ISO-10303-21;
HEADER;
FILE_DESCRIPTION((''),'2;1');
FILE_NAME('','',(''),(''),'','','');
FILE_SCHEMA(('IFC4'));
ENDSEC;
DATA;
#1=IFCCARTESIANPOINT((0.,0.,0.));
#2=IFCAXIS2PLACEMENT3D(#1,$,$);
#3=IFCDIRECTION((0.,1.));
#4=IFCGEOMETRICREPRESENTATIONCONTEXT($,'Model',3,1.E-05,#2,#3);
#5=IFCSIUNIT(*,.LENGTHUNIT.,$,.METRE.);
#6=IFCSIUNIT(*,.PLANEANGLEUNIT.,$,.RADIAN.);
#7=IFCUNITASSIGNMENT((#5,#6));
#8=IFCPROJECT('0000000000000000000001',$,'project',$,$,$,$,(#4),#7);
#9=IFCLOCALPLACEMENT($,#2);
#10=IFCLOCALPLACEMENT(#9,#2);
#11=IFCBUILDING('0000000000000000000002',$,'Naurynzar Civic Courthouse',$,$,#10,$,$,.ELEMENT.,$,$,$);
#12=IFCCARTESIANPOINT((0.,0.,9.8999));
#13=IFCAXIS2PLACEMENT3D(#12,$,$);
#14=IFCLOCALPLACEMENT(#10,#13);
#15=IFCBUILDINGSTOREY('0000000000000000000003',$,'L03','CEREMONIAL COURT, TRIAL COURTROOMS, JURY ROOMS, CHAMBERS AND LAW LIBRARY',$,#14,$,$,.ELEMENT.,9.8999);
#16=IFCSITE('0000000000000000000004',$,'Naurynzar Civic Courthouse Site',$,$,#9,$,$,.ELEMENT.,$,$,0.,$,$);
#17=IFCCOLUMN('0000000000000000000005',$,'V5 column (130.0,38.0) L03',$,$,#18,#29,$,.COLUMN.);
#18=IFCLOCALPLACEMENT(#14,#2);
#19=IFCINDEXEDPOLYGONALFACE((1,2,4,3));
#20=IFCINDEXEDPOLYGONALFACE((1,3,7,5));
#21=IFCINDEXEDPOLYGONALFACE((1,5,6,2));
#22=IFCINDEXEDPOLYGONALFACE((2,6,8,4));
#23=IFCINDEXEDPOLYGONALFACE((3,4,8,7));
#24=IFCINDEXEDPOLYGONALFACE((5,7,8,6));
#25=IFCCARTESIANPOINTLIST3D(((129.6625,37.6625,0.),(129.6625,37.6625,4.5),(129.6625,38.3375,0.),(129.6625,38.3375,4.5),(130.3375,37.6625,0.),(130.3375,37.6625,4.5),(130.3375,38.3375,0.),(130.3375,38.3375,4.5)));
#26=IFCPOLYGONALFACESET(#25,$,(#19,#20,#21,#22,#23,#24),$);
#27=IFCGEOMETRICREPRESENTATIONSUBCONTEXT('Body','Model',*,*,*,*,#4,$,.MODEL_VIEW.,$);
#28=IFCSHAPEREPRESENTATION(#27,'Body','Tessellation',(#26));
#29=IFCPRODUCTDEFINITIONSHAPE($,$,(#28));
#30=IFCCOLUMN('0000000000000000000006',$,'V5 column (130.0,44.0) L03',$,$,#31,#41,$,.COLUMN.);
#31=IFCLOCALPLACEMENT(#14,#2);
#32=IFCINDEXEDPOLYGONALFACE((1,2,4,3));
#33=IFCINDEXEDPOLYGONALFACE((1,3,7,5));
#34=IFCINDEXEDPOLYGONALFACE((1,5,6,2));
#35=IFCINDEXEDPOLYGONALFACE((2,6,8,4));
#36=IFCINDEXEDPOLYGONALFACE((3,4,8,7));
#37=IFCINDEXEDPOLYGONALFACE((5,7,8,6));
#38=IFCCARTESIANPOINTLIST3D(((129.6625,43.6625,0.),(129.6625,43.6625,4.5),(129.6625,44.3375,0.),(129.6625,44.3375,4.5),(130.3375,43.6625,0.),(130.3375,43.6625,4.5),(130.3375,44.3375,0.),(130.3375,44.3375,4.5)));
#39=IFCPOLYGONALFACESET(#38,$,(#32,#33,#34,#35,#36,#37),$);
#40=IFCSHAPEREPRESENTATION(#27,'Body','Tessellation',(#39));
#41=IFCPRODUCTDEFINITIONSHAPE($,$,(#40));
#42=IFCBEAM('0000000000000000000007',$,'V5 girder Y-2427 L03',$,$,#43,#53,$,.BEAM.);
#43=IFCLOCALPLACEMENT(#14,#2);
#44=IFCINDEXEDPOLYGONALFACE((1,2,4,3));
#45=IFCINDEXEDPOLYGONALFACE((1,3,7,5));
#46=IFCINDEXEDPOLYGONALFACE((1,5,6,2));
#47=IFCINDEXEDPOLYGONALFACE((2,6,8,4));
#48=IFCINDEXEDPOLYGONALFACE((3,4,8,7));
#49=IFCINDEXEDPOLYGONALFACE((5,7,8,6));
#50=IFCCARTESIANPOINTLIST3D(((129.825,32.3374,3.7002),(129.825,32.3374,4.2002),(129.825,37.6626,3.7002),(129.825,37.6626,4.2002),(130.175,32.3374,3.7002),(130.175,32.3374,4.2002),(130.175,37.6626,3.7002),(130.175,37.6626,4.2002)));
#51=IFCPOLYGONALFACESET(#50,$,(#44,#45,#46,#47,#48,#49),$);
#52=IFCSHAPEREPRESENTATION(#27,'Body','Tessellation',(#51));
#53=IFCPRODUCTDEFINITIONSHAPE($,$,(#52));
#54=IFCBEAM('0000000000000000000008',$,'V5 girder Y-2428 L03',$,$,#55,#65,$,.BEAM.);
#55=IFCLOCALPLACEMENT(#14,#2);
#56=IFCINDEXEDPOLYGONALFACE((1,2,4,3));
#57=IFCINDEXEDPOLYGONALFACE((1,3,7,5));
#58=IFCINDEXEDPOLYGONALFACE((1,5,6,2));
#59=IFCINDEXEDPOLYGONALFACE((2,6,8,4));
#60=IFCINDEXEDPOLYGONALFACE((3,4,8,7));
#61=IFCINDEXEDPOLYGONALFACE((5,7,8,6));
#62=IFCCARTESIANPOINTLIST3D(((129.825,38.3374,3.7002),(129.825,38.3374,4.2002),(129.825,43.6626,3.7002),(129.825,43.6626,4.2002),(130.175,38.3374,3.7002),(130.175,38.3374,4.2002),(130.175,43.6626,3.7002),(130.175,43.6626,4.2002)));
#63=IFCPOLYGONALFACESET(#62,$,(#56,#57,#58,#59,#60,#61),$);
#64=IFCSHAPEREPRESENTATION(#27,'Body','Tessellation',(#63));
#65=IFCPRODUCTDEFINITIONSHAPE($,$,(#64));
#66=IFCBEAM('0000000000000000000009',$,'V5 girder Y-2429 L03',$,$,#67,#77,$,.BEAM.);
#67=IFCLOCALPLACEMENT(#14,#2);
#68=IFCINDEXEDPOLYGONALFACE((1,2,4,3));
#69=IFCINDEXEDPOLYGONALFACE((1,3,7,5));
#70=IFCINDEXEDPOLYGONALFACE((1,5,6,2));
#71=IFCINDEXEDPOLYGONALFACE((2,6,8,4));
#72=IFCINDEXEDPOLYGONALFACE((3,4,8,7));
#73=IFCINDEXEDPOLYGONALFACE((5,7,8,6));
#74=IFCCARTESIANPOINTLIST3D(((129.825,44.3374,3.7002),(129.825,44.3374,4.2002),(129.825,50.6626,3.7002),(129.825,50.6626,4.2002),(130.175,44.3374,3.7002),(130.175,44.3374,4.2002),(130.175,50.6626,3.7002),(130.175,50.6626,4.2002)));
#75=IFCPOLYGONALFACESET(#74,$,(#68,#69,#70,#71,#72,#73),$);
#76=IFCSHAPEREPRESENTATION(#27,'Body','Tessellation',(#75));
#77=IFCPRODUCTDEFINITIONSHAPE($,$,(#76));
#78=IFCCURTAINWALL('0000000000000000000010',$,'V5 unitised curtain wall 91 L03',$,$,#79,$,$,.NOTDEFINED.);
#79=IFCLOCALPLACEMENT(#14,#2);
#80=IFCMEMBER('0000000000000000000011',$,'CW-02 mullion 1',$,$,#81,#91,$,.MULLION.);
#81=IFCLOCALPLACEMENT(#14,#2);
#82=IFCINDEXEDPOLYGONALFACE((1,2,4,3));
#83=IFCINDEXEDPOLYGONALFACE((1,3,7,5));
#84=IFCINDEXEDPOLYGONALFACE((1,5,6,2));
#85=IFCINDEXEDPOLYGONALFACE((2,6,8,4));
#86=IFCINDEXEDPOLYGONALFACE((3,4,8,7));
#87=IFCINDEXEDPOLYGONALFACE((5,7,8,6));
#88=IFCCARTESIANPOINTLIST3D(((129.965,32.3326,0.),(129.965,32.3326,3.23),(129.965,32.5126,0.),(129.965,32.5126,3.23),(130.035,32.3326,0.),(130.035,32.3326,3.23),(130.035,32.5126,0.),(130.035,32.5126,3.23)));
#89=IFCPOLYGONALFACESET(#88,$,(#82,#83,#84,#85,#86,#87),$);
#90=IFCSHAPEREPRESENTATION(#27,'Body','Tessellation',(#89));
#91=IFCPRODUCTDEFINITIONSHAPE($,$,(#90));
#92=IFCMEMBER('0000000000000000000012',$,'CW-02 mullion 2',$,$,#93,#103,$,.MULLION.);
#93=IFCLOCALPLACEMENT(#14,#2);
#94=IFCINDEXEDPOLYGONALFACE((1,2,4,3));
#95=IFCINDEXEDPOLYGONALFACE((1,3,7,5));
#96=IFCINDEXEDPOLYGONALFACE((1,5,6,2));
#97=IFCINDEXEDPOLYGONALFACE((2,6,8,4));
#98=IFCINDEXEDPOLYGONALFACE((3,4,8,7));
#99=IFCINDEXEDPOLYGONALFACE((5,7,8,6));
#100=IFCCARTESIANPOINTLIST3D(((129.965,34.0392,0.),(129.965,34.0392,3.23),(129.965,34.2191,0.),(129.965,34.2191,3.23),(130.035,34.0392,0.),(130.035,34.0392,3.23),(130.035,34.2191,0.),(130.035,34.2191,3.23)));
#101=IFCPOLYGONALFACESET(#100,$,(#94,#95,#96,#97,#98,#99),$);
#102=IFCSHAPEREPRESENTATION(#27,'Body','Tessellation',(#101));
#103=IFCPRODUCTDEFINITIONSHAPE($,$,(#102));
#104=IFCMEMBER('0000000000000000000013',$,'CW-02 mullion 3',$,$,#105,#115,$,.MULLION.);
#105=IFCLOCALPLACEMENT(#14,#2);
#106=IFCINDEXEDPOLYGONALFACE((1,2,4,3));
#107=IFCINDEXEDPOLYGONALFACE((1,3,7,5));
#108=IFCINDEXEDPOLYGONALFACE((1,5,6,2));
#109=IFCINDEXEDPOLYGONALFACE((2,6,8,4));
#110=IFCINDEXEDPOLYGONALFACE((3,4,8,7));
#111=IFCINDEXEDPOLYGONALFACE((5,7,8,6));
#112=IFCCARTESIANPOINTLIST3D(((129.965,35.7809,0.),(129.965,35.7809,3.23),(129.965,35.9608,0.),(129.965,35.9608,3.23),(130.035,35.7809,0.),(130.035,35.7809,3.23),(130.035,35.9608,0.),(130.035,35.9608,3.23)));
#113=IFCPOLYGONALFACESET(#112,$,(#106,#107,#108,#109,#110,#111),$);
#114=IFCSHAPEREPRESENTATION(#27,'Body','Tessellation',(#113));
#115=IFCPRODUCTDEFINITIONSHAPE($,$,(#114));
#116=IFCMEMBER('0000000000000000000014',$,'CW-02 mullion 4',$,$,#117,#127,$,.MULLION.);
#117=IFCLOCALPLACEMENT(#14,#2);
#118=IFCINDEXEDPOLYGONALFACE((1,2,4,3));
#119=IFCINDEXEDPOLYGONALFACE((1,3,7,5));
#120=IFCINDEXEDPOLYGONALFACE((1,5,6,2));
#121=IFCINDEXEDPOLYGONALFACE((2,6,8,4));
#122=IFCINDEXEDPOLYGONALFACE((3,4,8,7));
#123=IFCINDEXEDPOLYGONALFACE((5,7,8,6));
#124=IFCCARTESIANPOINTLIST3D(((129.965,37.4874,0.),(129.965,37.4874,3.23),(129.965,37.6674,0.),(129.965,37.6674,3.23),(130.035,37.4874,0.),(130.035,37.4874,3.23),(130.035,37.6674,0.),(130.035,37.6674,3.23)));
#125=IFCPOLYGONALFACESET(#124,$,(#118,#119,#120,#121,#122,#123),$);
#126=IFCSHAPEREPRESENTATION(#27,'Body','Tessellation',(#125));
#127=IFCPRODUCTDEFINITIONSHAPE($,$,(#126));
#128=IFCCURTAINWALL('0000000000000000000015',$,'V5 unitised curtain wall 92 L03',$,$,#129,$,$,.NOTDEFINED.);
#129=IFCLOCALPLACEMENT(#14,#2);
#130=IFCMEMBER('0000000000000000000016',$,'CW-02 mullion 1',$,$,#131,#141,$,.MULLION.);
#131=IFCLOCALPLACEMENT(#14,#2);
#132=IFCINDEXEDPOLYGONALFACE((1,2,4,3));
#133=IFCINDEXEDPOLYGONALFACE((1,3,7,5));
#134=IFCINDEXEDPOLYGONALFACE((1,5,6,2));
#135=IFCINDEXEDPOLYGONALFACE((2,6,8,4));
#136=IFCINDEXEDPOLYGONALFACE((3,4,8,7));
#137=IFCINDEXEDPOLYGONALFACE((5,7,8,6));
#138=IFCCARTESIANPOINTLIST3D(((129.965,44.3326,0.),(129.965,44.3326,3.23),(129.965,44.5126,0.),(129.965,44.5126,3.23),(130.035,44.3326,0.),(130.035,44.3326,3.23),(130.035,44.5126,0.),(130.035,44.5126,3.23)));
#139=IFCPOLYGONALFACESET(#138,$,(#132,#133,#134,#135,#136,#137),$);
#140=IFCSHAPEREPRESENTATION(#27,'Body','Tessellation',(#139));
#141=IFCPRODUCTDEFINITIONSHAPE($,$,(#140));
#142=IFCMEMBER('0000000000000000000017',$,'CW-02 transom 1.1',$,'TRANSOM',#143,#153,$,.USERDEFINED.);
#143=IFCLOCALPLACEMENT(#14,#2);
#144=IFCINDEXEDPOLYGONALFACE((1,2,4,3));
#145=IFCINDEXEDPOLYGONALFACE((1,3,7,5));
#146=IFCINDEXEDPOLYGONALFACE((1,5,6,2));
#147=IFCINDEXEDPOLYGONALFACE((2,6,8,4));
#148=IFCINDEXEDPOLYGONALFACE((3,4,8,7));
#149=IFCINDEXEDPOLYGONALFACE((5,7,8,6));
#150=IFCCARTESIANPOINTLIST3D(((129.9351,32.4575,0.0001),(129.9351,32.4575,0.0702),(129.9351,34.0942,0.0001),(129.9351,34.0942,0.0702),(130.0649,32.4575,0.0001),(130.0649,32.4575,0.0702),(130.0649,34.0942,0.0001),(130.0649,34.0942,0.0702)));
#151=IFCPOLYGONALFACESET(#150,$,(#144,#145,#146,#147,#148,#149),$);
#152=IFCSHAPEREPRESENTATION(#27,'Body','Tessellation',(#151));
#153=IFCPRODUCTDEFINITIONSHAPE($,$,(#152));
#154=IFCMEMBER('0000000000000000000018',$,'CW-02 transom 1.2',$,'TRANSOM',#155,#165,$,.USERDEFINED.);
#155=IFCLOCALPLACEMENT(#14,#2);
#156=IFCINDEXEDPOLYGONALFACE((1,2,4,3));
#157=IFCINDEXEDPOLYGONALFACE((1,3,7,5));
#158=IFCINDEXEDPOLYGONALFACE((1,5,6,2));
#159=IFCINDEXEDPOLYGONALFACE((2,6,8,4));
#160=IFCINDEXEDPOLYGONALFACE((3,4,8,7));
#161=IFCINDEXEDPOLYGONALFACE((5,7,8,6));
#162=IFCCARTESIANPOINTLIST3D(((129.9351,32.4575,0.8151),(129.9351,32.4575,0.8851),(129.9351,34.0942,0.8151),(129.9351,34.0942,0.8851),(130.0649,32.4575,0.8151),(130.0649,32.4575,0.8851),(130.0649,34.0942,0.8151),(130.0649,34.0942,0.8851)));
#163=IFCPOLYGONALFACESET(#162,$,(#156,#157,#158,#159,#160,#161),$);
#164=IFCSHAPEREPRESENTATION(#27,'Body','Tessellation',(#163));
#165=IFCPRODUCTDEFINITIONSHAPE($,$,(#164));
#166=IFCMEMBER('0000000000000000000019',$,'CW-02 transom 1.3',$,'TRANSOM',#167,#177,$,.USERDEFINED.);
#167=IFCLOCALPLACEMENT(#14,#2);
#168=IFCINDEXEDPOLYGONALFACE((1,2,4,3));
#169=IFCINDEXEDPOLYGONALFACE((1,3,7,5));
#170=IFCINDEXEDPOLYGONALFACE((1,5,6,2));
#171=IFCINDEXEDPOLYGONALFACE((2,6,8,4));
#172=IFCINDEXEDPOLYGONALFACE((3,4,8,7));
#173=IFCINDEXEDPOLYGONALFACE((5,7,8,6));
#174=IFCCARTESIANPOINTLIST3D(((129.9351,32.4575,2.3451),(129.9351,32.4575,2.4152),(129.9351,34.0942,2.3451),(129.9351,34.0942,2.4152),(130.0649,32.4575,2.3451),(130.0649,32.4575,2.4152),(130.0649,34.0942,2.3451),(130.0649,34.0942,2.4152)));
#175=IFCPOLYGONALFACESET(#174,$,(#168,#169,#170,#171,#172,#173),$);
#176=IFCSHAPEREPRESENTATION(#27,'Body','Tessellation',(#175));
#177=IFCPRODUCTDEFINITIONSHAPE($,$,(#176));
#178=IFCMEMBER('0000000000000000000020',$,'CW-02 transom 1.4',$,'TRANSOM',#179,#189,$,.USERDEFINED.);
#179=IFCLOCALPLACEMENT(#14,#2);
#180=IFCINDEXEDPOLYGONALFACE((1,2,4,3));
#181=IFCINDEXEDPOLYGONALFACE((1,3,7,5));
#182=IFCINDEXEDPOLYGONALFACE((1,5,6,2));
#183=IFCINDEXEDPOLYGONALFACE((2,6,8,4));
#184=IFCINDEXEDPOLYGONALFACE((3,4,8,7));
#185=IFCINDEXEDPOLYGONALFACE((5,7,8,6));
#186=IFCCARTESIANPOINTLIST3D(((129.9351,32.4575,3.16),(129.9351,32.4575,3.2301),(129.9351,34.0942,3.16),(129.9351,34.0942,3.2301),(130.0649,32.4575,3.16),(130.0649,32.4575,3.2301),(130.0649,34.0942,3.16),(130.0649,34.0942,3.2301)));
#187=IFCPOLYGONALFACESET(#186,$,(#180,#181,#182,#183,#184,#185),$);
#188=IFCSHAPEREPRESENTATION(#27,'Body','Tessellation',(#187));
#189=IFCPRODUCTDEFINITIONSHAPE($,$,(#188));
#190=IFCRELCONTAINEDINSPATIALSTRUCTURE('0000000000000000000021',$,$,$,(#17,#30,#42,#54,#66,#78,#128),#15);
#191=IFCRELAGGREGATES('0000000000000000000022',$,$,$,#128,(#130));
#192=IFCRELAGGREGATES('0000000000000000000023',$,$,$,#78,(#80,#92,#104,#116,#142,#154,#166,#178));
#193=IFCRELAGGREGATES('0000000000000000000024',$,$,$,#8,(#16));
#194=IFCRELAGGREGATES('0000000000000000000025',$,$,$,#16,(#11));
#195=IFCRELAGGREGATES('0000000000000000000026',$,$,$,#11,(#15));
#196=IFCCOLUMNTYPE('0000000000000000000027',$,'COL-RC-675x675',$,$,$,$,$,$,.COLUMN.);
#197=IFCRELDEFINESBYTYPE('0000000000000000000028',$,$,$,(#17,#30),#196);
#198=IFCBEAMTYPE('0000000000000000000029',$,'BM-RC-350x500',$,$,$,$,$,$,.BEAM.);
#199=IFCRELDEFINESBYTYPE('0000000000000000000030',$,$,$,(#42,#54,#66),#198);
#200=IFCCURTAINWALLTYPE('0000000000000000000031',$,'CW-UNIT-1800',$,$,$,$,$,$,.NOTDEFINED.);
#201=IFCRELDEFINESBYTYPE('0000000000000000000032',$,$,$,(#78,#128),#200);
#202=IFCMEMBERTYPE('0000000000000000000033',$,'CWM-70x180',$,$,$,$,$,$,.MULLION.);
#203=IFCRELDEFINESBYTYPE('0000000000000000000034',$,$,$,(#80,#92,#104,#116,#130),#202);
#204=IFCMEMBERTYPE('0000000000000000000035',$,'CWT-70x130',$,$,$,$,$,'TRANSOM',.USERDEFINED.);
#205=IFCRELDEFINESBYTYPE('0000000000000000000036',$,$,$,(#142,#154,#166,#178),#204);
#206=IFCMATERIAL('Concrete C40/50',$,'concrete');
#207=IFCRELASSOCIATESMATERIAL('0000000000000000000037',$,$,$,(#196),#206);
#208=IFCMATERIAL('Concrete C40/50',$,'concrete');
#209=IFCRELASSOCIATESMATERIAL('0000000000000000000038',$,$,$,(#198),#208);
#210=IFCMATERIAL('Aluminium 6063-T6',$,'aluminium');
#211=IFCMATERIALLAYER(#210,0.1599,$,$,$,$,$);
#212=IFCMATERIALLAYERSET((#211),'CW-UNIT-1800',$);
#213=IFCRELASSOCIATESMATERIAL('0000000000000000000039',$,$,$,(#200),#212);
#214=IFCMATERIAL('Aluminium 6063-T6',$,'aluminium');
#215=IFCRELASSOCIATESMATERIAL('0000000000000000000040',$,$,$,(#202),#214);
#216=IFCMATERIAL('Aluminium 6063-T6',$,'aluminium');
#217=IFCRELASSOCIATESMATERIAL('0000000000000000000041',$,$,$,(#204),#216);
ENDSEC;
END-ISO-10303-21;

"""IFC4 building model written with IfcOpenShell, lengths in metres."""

from ifc_helpers import new_model, si_unit, direction, frame, origin, origin_2d, place, context, subcontext, project, spatial, rectangle, extrude, material, layer, layer_set, material_profile, profile_set, type_object, element, aggregate, save


model = new_model("IFC4")

# Units and contexts
model_context = context("Model", 3, precision=1e-05, world=origin(), true_north=direction((0.0, 1.0)))
body_context = subcontext(model_context, "Body", "Model", "MODEL_VIEW")
ifc_project = project(units=[si_unit("LENGTHUNIT", "METRE"), si_unit("PLANEANGLEUNIT", "RADIAN")], contexts=[model_context])

# Site, building, storey
site_placement = place(None, origin())
site = spatial("IfcSite", under=ifc_project, at=site_placement, Name="Naurynzar Civic Courthouse Site", CompositionType="ELEMENT", RefElevation=0.0)
building_placement = place(site_placement, origin())
building = spatial("IfcBuilding", under=site, at=building_placement, Name="Naurynzar Civic Courthouse", CompositionType="ELEMENT")
storey_placement = place(building_placement, frame((0.0, 0.0, 9.8999)))
storey = spatial("IfcBuildingStorey", under=building, at=storey_placement, Name="L03", Description="CEREMONIAL COURT, TRIAL COURTROOMS, JURY ROOMS, CHAMBERS AND LAW LIBRARY", CompositionType="ELEMENT", Elevation=9.8999)

# Columns
ifc_material_1 = material(Name="Concrete C40/50", Category="concrete")
ifc_material_profile_1 = material_profile(ifc_material_1, rectangle(XDim=0.675, YDim=0.675, at=origin_2d()), Name="RC 675x675")
ifc_profile_set_1 = profile_set([ifc_material_profile_1], Name="Concrete C40/50")
column_type = type_object("IfcColumnType", Name="COL-RC-675x675", PredefinedType="COLUMN", material=ifc_profile_set_1)
for number, where, z_axis, x_axis, name in (
    (1, (130.0, 38.0, 0.0), (0.0, 0.0, 1.0), (1.0, 0.0, 0.0), "V5 column (130.0,38.0) L03"),
    (2, (130.0, 44.0, 0.0), (0.0, 0.0, 1.0), (1.0, 0.0, 0.0), "V5 column (130.0,44.0) L03"),
):
    element("IfcColumn", number, at=place(storey_placement, frame(where, z_axis=z_axis, x_axis=x_axis)), inside=storey, type_object=column_type, Name=name, PredefinedType="COLUMN", context=body_context, shape_type="SweptSolid", body=[
        extrude(rectangle(XDim=0.675, YDim=0.675, at=origin_2d()), origin(), (0.0, 0.0, 1.0), 4.5),
    ])

# Beams
ifc_material_2 = material(Name="Concrete C40/50", Category="concrete")
ifc_material_profile_2 = material_profile(ifc_material_2, rectangle(XDim=0.3501, YDim=0.5, at=origin_2d()), Name="RCB 350x500")
ifc_profile_set_2 = profile_set([ifc_material_profile_2], Name="Concrete C40/50")
beam_type = type_object("IfcBeamType", Name="BM-RC-350x500", PredefinedType="BEAM", material=ifc_profile_set_2)
for number, where, z_axis, x_axis, name in (
    (3, (130.0, 32.3374, 3.9502), (0.0, 1.0, 0.0), (-1.0, 0.0, 0.0), "V5 girder Y-2427 L03"),
    (4, (130.0, 38.3374, 3.9502), (0.0, 1.0, 0.0), (-1.0, 0.0, 0.0), "V5 girder Y-2428 L03"),
):
    element("IfcBeam", number, at=place(storey_placement, frame(where, z_axis=z_axis, x_axis=x_axis)), inside=storey, type_object=beam_type, Name=name, PredefinedType="BEAM", context=body_context, shape_type="SweptSolid", body=[
        extrude(rectangle(XDim=0.3501, YDim=0.5, at=origin_2d()), origin(), (0.0, 0.0, 1.0), 5.3252),
    ])
beam_placement = place(storey_placement, frame((130.0, 44.3374, 3.9502), z_axis=(0.0, 1.0, 0.0), x_axis=(-1.0, 0.0, 0.0)))
element("IfcBeam", 5, at=beam_placement, inside=storey, type_object=beam_type, Name="V5 girder Y-2429 L03", PredefinedType="BEAM", context=body_context, shape_type="SweptSolid", body=[
    extrude(rectangle(XDim=0.3501, YDim=0.5, at=origin_2d()), origin(), (0.0, 0.0, 1.0), 6.3252),
])

# Curtain wall, members
ifc_material_3 = material(Name="Aluminium 6063-T6", Category="aluminium")
ifc_layer_1 = layer(ifc_material_3, 0.1599)
ifc_layer_set_1 = layer_set([ifc_layer_1], Name="CW-UNIT-1800")
curtain_wall_type = type_object("IfcCurtainWallType", Name="CW-UNIT-1800", PredefinedType="NOTDEFINED", material=ifc_layer_set_1)
curtain_wall_1_placement = place(storey_placement, origin())
curtain_wall_1 = element("IfcCurtainWall", 6, at=curtain_wall_1_placement, inside=storey, type_object=curtain_wall_type, Name="V5 unitised curtain wall 91 L03", PredefinedType="NOTDEFINED")
ifc_material_4 = material(Name="Aluminium 6063-T6", Category="aluminium")
ifc_material_profile_3 = material_profile(ifc_material_4, rectangle(XDim=0.0701, YDim=0.1799, at=origin_2d()), Name="ALU MULLION 70x180")
ifc_profile_set_3 = profile_set([ifc_material_profile_3], Name="Aluminium 6063-T6")
member_type_1 = type_object("IfcMemberType", Name="CWM-70x180", PredefinedType="MULLION", material=ifc_profile_set_3)
member_1_placement = place(storey_placement, frame((130.0, 32.4226, 0.0), z_axis=(0.0, 0.0, 1.0), x_axis=(-1.0, 0.0, 0.0)))
member_1 = element("IfcMember", 7, at=member_1_placement, type_object=member_type_1, Name="CW-02 mullion 1", PredefinedType="MULLION", context=body_context, shape_type="SweptSolid", body=[
    extrude(rectangle(XDim=0.0701, YDim=0.1799, at=origin_2d()), origin(), (0.0, 0.0, 1.0), 3.23),
])
member_2_placement = place(storey_placement, frame((130.0, 34.1292, 0.0), z_axis=(0.0, 0.0, 1.0), x_axis=(-1.0, 0.0, 0.0)))
member_2 = element("IfcMember", 8, at=member_2_placement, type_object=member_type_1, Name="CW-02 mullion 2", PredefinedType="MULLION", context=body_context, shape_type="SweptSolid", body=[
    extrude(rectangle(XDim=0.0701, YDim=0.1799, at=origin_2d()), origin(), (0.0, 0.0, 1.0), 3.23),
])
member_3_placement = place(storey_placement, frame((130.0, 35.8708, 0.0), z_axis=(0.0, 0.0, 1.0), x_axis=(-1.0, 0.0, 0.0)))
member_3 = element("IfcMember", 9, at=member_3_placement, type_object=member_type_1, Name="CW-02 mullion 3", PredefinedType="MULLION", context=body_context, shape_type="SweptSolid", body=[
    extrude(rectangle(XDim=0.0701, YDim=0.1799, at=origin_2d()), origin(), (0.0, 0.0, 1.0), 3.23),
])
member_4_placement = place(storey_placement, frame((130.0, 37.5774, 0.0), z_axis=(0.0, 0.0, 1.0), x_axis=(-1.0, 0.0, 0.0)))
member_4 = element("IfcMember", 10, at=member_4_placement, type_object=member_type_1, Name="CW-02 mullion 4", PredefinedType="MULLION", context=body_context, shape_type="SweptSolid", body=[
    extrude(rectangle(XDim=0.0701, YDim=0.1799, at=origin_2d()), origin(), (0.0, 0.0, 1.0), 3.23),
])

# Curtain wall, member
curtain_wall_2_placement = place(storey_placement, origin())
curtain_wall_2 = element("IfcCurtainWall", 11, at=curtain_wall_2_placement, inside=storey, type_object=curtain_wall_type, Name="V5 unitised curtain wall 92 L03", PredefinedType="NOTDEFINED")
member_5_placement = place(storey_placement, frame((130.0, 44.4226, 0.0), z_axis=(0.0, 0.0, 1.0), x_axis=(-1.0, 0.0, 0.0)))
member_5 = element("IfcMember", 12, at=member_5_placement, type_object=member_type_1, Name="CW-02 mullion 1", PredefinedType="MULLION", context=body_context, shape_type="SweptSolid", body=[
    extrude(rectangle(XDim=0.0701, YDim=0.1799, at=origin_2d()), origin(), (0.0, 0.0, 1.0), 3.23),
])

# Members
ifc_material_5 = material(Name="Aluminium 6063-T6", Category="aluminium")
ifc_material_profile_4 = material_profile(ifc_material_5, rectangle(XDim=0.1299, YDim=0.0701, at=origin_2d()), Name="ALU TRANSOM 70x130")
ifc_profile_set_4 = profile_set([ifc_material_profile_4], Name="Aluminium 6063-T6")
member_type_2 = type_object("IfcMemberType", Name="CWT-70x130", ElementType="TRANSOM", PredefinedType="USERDEFINED", material=ifc_profile_set_4)
member_6_placement = place(storey_placement, frame((130.0, 32.4575, 0.0352), z_axis=(0.0, 1.0, 0.0), x_axis=(-1.0, 0.0, 0.0)))
member_6 = element("IfcMember", 13, at=member_6_placement, type_object=member_type_2, Name="CW-02 transom 1.1", ObjectType="TRANSOM", PredefinedType="USERDEFINED", context=body_context, shape_type="SweptSolid", body=[
    extrude(rectangle(XDim=0.1299, YDim=0.0701, at=origin_2d()), origin(), (0.0, 0.0, 1.0), 1.6367),
])
member_7_placement = place(storey_placement, frame((130.0, 32.4575, 0.8501), z_axis=(0.0, 1.0, 0.0), x_axis=(-1.0, 0.0, 0.0)))
member_7 = element("IfcMember", 14, at=member_7_placement, type_object=member_type_2, Name="CW-02 transom 1.2", ObjectType="TRANSOM", PredefinedType="USERDEFINED", context=body_context, shape_type="SweptSolid", body=[
    extrude(rectangle(XDim=0.1299, YDim=0.0701, at=origin_2d()), origin(), (0.0, 0.0, 1.0), 1.6367),
])
member_8_placement = place(storey_placement, frame((130.0, 32.4575, 2.3801), z_axis=(0.0, 1.0, 0.0), x_axis=(-1.0, 0.0, 0.0)))
member_8 = element("IfcMember", 15, at=member_8_placement, type_object=member_type_2, Name="CW-02 transom 1.3", ObjectType="TRANSOM", PredefinedType="USERDEFINED", context=body_context, shape_type="SweptSolid", body=[
    extrude(rectangle(XDim=0.1299, YDim=0.0701, at=origin_2d()), origin(), (0.0, 0.0, 1.0), 1.6367),
])
member_9_placement = place(storey_placement, frame((130.0, 32.4575, 3.1951), z_axis=(0.0, 1.0, 0.0), x_axis=(-1.0, 0.0, 0.0)))
member_9 = element("IfcMember", 16, at=member_9_placement, type_object=member_type_2, Name="CW-02 transom 1.4", ObjectType="TRANSOM", PredefinedType="USERDEFINED", context=body_context, shape_type="SweptSolid", body=[
    extrude(rectangle(XDim=0.1299, YDim=0.0701, at=origin_2d()), origin(), (0.0, 0.0, 1.0), 1.6367),
])
aggregate(curtain_wall_2, [member_5])

aggregate(curtain_wall_1, [member_1, member_2, member_3, member_4, member_6, member_7, member_8, member_9])

save(model, "model.ifc")
